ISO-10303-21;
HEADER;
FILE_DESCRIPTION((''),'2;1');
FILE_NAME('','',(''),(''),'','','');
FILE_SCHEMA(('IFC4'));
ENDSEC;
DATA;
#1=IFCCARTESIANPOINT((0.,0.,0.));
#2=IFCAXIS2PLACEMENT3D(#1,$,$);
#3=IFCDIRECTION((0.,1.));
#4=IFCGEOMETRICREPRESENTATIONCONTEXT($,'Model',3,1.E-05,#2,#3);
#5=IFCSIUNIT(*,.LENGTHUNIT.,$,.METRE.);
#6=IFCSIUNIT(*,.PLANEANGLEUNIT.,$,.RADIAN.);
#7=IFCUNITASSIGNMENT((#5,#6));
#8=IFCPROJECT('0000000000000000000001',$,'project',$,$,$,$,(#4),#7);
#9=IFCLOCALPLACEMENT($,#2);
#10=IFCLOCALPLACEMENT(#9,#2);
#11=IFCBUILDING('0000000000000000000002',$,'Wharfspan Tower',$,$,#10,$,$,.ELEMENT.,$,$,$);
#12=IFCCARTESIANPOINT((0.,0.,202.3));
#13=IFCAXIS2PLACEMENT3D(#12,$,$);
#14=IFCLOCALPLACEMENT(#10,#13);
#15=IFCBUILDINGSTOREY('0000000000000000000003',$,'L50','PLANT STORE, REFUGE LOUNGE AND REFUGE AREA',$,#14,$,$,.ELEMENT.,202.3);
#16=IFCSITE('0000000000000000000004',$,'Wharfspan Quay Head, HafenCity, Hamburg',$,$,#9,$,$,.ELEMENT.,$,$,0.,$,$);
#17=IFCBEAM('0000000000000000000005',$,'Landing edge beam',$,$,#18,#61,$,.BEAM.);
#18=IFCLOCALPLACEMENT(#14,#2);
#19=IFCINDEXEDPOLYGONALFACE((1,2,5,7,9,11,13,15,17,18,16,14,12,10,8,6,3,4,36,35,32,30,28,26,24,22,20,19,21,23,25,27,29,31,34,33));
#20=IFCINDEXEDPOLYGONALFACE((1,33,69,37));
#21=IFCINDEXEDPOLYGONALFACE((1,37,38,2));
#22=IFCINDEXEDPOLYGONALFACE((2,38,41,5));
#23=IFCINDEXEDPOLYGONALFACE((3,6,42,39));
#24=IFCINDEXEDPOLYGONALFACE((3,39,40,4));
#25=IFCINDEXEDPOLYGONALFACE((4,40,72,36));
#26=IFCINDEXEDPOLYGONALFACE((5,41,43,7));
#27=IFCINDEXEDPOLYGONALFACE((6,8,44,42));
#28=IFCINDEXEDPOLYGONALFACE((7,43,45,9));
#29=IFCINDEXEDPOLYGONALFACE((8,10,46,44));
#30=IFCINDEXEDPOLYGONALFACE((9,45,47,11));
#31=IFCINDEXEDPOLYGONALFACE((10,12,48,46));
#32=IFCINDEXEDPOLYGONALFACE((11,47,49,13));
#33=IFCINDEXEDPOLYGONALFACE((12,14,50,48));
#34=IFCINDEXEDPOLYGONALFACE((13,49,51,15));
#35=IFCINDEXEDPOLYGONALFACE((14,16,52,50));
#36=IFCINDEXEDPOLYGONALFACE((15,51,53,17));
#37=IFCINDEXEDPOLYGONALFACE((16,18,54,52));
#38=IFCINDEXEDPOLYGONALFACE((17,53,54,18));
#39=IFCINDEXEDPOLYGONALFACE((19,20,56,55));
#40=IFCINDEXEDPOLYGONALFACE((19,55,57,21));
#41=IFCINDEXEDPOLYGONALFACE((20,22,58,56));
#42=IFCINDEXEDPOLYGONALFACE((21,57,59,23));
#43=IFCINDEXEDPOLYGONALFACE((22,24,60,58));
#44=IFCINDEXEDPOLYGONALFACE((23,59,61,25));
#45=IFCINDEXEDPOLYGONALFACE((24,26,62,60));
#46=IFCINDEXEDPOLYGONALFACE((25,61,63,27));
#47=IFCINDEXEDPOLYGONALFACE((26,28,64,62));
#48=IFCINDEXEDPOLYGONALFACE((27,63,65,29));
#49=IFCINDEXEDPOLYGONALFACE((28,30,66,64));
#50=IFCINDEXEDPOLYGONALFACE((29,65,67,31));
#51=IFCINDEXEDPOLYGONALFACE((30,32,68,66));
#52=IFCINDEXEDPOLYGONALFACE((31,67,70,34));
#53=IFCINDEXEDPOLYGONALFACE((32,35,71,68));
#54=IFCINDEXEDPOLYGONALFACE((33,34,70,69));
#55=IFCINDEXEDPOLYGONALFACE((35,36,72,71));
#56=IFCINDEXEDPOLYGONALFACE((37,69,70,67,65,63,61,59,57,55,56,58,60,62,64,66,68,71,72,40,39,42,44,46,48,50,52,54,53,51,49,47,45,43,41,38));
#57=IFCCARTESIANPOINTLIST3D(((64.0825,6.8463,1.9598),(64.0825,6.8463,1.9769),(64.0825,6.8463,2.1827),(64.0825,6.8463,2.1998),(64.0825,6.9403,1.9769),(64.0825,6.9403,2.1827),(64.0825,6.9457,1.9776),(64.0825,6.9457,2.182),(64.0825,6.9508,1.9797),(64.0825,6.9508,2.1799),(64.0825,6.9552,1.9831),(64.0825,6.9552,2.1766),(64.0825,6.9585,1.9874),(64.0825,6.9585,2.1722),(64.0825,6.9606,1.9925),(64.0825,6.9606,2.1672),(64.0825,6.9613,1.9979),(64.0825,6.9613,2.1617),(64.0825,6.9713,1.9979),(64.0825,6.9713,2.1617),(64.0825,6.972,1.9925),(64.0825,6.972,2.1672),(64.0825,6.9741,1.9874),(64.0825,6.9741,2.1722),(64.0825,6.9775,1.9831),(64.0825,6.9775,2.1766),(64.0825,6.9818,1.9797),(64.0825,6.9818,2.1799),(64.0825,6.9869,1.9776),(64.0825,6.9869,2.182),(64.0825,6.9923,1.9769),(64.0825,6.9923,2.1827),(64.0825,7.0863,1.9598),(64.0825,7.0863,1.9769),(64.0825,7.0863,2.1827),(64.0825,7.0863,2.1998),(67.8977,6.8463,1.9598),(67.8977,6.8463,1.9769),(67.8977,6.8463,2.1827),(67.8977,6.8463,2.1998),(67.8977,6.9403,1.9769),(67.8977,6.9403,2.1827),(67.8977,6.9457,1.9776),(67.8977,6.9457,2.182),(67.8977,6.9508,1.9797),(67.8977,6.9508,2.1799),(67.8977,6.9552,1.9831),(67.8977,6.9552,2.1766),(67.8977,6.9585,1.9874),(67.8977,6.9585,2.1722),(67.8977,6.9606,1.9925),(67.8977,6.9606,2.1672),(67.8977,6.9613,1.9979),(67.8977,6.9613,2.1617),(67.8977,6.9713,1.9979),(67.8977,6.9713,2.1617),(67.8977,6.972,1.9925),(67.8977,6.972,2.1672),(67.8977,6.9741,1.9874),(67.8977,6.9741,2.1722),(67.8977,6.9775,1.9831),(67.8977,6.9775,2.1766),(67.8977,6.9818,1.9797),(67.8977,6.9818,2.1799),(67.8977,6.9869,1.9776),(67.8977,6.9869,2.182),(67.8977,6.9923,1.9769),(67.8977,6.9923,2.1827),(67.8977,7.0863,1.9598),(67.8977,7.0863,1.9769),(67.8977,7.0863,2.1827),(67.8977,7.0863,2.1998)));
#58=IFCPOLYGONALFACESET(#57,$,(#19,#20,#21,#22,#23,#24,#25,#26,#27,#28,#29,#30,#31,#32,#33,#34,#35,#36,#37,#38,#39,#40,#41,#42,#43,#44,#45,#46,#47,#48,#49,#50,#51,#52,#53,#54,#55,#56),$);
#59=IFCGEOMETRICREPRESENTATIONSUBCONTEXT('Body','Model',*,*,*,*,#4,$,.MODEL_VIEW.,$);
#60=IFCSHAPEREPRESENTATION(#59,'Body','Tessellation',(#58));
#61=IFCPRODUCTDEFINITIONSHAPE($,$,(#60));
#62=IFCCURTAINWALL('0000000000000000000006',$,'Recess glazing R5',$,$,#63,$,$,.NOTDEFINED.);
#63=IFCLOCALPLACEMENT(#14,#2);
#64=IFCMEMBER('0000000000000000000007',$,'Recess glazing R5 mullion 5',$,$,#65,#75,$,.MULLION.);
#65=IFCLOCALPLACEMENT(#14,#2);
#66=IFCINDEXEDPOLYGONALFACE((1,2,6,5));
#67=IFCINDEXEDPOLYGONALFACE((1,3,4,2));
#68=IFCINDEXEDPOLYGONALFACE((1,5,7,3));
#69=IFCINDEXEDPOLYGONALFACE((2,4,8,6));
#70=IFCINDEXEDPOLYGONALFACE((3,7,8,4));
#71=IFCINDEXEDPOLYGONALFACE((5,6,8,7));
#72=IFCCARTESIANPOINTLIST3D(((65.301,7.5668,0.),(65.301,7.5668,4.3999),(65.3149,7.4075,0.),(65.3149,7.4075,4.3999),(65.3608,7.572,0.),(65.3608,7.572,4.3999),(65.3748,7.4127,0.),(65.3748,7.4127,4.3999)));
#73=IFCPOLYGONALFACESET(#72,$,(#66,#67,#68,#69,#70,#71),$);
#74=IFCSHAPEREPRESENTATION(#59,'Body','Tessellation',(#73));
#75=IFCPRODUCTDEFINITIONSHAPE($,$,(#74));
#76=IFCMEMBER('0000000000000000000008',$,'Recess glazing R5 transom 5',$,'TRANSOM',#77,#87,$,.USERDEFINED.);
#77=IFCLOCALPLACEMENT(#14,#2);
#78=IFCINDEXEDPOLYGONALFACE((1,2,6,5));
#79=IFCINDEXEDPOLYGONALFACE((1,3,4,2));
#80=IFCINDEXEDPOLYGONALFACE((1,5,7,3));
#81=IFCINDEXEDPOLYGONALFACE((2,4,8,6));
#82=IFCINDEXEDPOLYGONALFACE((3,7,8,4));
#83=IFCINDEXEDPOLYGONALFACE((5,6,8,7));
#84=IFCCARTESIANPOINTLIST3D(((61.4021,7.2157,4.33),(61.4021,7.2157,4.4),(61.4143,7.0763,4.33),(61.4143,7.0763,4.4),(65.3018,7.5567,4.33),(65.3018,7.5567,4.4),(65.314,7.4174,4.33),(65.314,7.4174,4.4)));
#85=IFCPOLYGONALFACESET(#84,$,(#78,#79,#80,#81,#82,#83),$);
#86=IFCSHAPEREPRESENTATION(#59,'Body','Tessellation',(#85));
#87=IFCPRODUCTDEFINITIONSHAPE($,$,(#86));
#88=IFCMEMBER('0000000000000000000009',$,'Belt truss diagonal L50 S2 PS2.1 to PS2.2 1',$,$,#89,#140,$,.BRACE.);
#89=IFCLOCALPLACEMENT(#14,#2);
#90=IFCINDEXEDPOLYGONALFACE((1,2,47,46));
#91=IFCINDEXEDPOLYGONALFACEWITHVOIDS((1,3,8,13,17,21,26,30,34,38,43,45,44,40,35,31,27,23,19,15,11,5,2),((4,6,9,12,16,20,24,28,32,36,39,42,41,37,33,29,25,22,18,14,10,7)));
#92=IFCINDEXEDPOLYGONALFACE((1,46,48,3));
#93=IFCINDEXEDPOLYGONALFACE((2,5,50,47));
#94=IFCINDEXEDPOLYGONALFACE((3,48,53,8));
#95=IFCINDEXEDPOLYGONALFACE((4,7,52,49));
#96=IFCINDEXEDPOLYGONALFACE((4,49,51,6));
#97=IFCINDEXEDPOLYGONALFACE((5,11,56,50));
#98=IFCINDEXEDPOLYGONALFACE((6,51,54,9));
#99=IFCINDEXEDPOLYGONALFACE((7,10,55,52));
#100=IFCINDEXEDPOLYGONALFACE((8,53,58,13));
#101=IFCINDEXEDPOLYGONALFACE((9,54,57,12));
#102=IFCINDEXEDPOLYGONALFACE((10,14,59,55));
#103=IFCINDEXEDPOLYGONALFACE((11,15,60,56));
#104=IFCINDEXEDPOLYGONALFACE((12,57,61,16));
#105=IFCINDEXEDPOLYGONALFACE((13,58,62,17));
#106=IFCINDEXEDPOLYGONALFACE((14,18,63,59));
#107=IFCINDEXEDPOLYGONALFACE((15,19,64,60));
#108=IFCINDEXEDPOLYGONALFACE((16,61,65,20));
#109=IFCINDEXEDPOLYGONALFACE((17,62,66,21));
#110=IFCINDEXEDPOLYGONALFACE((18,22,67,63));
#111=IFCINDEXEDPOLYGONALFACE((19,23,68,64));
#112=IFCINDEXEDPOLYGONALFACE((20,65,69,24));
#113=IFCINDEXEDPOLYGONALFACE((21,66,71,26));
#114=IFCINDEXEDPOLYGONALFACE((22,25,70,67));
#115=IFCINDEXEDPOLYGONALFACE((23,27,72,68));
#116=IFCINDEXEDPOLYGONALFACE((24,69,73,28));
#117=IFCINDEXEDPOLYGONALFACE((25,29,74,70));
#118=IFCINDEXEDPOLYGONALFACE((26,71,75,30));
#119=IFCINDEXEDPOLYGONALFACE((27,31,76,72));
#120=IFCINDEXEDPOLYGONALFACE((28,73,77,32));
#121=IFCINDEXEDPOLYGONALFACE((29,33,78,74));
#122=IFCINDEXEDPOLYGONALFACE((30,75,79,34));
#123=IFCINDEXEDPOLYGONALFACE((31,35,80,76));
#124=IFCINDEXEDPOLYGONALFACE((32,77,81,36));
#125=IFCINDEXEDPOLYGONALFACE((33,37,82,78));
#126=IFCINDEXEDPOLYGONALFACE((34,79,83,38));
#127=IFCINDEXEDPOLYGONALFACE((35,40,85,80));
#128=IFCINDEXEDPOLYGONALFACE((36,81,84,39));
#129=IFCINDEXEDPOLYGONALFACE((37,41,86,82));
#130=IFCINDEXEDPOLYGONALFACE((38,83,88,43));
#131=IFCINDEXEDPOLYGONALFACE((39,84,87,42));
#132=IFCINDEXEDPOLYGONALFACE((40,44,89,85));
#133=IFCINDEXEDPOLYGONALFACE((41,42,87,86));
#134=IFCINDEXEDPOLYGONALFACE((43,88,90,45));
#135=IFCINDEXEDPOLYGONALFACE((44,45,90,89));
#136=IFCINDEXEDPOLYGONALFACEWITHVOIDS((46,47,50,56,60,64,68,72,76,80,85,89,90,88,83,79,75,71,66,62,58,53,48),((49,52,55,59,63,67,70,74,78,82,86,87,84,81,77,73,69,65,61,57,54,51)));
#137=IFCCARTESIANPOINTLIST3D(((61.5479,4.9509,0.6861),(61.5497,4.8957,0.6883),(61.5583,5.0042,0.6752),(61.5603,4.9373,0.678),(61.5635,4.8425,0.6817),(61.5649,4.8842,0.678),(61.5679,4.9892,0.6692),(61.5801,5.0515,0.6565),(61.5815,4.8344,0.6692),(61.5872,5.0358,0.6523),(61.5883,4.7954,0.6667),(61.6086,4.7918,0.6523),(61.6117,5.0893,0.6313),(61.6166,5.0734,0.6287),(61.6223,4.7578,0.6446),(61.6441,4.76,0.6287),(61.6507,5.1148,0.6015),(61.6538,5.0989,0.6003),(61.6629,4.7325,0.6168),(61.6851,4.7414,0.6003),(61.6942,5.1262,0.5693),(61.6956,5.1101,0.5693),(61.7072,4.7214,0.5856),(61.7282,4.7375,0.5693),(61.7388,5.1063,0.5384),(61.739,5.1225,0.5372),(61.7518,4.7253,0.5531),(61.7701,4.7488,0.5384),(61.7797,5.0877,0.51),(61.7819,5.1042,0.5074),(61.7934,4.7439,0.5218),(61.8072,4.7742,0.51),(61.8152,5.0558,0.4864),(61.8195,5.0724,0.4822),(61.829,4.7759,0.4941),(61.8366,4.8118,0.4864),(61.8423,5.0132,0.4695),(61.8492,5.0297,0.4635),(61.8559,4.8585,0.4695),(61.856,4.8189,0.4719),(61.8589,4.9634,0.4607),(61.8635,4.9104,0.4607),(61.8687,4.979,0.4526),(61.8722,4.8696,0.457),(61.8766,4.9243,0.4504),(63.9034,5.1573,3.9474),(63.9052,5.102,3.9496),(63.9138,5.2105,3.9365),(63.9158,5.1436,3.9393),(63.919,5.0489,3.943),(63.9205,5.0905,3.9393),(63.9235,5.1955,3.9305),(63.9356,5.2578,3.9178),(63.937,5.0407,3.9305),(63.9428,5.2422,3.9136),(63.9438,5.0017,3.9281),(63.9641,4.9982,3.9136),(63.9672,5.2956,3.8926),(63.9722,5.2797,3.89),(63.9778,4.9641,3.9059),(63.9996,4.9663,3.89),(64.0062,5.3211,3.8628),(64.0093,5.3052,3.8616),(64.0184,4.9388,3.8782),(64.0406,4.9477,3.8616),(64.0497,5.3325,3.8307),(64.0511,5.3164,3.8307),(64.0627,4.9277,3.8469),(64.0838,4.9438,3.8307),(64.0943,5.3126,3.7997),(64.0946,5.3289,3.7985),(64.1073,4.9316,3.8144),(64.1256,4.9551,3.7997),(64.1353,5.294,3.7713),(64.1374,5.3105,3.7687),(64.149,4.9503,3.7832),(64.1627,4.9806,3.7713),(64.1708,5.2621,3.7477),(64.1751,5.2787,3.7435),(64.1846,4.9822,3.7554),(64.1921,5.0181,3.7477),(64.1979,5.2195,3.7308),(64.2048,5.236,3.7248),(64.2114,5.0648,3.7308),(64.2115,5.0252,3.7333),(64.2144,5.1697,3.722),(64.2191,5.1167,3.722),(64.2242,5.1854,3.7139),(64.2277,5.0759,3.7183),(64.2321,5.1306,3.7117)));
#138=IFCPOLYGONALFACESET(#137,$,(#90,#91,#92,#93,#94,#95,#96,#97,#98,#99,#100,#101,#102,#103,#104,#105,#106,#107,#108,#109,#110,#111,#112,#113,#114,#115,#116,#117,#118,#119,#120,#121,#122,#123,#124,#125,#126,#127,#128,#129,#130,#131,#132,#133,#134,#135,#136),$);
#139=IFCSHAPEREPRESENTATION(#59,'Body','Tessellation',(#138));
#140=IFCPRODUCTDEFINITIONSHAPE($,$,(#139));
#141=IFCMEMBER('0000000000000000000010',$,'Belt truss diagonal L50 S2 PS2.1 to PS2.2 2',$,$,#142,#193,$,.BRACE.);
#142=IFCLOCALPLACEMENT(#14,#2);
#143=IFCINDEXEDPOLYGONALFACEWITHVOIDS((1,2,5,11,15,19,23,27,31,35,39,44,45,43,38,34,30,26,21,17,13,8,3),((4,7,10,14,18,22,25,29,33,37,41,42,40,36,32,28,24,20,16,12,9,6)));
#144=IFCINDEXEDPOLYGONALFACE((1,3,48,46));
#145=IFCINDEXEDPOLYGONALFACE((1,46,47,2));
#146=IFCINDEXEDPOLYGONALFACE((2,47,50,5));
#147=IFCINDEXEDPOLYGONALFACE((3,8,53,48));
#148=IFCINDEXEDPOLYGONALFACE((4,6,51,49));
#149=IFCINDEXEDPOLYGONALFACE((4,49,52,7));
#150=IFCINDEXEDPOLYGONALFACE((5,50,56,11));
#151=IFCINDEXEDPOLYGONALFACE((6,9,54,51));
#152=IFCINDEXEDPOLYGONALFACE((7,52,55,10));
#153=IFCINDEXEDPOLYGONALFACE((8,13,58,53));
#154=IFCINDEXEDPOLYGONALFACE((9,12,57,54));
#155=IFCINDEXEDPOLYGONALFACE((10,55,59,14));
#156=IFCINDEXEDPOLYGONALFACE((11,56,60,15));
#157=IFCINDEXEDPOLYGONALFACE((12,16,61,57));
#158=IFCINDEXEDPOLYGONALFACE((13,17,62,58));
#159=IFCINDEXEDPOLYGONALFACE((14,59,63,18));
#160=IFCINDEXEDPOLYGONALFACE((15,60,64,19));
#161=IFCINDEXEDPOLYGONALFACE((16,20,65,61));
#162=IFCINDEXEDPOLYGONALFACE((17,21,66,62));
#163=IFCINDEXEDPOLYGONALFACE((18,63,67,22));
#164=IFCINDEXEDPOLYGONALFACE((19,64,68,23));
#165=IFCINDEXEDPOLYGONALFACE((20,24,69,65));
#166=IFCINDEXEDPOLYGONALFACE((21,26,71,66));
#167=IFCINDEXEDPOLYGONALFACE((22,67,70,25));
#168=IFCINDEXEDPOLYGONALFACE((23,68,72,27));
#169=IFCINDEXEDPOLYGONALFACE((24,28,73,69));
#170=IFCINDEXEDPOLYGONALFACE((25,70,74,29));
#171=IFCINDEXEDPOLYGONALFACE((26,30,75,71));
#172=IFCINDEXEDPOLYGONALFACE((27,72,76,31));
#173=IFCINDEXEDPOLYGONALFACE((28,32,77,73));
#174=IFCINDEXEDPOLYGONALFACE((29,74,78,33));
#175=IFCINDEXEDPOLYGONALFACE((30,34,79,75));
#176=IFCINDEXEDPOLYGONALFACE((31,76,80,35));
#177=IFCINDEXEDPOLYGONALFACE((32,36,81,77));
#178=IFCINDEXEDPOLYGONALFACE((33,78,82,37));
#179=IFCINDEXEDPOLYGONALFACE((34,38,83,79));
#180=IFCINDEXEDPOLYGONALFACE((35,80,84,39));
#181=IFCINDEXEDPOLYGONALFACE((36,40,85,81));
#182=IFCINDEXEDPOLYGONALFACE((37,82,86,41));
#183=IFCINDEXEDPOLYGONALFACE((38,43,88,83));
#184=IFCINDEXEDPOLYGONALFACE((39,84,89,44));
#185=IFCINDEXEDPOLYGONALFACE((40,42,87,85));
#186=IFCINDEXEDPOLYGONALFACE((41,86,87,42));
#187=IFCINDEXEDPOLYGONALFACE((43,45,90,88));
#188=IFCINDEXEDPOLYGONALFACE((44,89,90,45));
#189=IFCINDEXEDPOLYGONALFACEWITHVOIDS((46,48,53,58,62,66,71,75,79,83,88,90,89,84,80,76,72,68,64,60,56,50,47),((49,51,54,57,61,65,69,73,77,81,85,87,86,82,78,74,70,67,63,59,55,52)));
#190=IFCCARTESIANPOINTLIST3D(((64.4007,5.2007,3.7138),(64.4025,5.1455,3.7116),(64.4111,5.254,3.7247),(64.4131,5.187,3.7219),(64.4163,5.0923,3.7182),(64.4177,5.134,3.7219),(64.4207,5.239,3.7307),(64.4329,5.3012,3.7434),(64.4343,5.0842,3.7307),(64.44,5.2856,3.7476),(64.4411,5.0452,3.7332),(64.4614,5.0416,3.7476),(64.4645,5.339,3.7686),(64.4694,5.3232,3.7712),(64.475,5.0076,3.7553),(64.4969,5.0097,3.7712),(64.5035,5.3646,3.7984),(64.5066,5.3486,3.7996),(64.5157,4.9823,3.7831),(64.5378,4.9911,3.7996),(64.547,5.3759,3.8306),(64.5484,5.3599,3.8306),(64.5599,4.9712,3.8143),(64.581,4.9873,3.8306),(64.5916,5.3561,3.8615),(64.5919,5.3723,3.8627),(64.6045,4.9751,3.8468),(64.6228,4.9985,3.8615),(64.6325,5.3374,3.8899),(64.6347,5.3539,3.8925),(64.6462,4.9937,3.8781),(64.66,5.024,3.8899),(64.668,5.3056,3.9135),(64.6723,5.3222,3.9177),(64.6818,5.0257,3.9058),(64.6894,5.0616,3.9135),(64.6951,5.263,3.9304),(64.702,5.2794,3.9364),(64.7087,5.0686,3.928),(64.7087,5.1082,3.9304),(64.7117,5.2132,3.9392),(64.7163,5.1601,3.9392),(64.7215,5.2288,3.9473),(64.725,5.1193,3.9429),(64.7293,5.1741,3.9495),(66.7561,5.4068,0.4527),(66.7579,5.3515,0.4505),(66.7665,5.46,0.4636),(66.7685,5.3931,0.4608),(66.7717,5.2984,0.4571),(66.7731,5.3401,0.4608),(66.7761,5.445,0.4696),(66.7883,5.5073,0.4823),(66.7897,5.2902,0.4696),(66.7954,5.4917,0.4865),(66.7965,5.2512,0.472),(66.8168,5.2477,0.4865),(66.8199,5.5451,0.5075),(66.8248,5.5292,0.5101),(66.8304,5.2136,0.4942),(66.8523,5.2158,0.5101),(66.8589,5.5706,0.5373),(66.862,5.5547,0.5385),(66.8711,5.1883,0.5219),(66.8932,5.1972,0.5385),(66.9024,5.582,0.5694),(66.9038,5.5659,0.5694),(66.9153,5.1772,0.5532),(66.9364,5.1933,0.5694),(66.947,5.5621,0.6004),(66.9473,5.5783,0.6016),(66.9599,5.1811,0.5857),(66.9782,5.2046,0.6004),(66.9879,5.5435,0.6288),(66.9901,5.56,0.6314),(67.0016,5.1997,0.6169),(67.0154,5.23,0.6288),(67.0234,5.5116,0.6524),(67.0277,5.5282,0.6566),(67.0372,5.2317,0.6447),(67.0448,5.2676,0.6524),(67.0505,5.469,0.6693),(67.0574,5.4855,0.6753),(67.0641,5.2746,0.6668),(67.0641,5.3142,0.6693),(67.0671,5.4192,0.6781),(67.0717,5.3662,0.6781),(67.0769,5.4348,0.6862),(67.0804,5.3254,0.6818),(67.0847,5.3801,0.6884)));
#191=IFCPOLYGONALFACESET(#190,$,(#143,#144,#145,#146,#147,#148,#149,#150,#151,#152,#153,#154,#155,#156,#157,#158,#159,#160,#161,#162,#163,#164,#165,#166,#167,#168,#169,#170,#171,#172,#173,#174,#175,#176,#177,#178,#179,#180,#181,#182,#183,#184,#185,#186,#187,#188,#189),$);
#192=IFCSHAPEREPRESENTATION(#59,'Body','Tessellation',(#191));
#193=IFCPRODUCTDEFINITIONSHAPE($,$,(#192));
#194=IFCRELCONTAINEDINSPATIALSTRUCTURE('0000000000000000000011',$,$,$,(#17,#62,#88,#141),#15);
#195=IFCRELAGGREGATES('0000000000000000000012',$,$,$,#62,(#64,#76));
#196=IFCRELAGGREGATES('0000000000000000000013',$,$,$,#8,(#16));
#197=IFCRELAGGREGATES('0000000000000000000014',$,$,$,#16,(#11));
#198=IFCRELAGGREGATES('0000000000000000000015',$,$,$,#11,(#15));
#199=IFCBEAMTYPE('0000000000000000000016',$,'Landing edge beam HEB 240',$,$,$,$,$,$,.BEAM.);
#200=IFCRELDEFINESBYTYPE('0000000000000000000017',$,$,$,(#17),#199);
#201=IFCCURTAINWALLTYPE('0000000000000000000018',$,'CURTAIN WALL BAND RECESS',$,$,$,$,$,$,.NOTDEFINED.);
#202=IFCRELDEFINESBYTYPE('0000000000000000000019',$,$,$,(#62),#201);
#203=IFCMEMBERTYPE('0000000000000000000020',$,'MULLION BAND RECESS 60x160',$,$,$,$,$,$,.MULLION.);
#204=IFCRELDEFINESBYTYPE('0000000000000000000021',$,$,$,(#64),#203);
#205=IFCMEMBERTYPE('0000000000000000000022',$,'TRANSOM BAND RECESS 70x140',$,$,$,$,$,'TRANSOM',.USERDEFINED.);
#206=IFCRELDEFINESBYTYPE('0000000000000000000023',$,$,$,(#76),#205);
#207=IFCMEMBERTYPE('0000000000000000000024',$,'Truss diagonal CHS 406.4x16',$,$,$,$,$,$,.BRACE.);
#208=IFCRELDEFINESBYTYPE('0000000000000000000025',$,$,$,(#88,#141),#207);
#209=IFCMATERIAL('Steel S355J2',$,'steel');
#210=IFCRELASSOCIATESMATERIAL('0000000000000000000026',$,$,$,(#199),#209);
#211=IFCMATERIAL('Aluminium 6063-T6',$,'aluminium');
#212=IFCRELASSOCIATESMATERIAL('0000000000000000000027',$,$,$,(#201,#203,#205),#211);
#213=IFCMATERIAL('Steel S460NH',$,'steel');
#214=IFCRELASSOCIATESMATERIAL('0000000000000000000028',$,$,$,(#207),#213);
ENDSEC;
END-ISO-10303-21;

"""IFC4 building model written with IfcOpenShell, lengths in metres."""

from ifc_helpers import new_model, si_unit, direction, frame, origin, origin_2d, place, context, subcontext, project, spatial, rectangle, hollow_circle, i_section, extrude, material, material_profile, profile_set, type_object, element, aggregate, save


model = new_model("IFC4")

# Units and contexts
model_context = context("Model", 3, precision=1e-05, world=origin(), true_north=direction((0.0, 1.0)))
body_context = subcontext(model_context, "Body", "Model", "MODEL_VIEW")
ifc_project = project(units=[si_unit("LENGTHUNIT", "METRE"), si_unit("PLANEANGLEUNIT", "RADIAN")], contexts=[model_context])

# Site, building, storey
site_placement = place(None, origin())
site = spatial("IfcSite", under=ifc_project, at=site_placement, Name="Wharfspan Quay Head, HafenCity, Hamburg", CompositionType="ELEMENT", RefElevation=0.0)
building_placement = place(site_placement, origin())
building = spatial("IfcBuilding", under=site, at=building_placement, Name="Wharfspan Tower", CompositionType="ELEMENT")
storey_placement = place(building_placement, frame((0.0, 0.0, 202.3)))
storey = spatial("IfcBuildingStorey", under=building, at=storey_placement, Name="L50", Description="PLANT STORE, REFUGE LOUNGE AND REFUGE AREA", CompositionType="ELEMENT", Elevation=202.3)

# Beam
ifc_material_1 = material(Name="Steel S355J2", Category="steel")
ifc_material_profile_1 = material_profile(ifc_material_1, i_section(OverallWidth=0.24, OverallDepth=0.24, WebThickness=0.01, FlangeThickness=0.0171, FilletRadius=0.021, at=origin_2d()))
ifc_profile_set_1 = profile_set([ifc_material_profile_1], Name="Steel S355J2")
beam_type = type_object("IfcBeamType", Name="Landing edge beam HEB 240", PredefinedType="BEAM", material=ifc_profile_set_1)
beam_placement = place(storey_placement, frame((64.0825, 6.9663, 2.0798), z_axis=(1.0, 0.0, 0.0), x_axis=(0.0, 1.0, 0.0)))
element("IfcBeam", 1, at=beam_placement, inside=storey, type_object=beam_type, Name="Landing edge beam", PredefinedType="BEAM", context=body_context, shape_type="SweptSolid", body=[
    extrude(i_section(OverallWidth=0.24, OverallDepth=0.24, WebThickness=0.01, FlangeThickness=0.0171, FilletRadius=0.021, at=origin_2d()), origin(), (0.0, 0.0, 1.0), 3.8152),
])

# Curtain wall, members
ifc_material_2 = material(Name="Aluminium 6063-T6", Category="aluminium")
curtain_wall_type = type_object("IfcCurtainWallType", Name="CURTAIN WALL BAND RECESS", PredefinedType="NOTDEFINED", material=ifc_material_2)
curtain_wall_placement = place(storey_placement, origin())
curtain_wall = element("IfcCurtainWall", 2, at=curtain_wall_placement, inside=storey, type_object=curtain_wall_type, Name="Recess glazing R5", PredefinedType="NOTDEFINED")
ifc_material_profile_2 = material_profile(ifc_material_2, rectangle(XDim=0.1599, YDim=0.0601, at=origin_2d()))
ifc_profile_set_2 = profile_set([ifc_material_profile_2], Name="Aluminium 6063-T6")
member_type_1 = type_object("IfcMemberType", Name="MULLION BAND RECESS 60x160", PredefinedType="MULLION", material=ifc_profile_set_2)
member_1_placement = place(storey_placement, frame((65.3379, 7.4897, 0.0), z_axis=(0.0, 0.0, 1.0), x_axis=(0.087156, -0.996198, 0.0)))
member_1 = element("IfcMember", 3, at=member_1_placement, type_object=member_type_1, Name="Recess glazing R5 mullion 5", PredefinedType="MULLION", context=body_context, shape_type="SweptSolid", body=[
    extrude(rectangle(XDim=0.1599, YDim=0.0601, at=origin_2d()), origin(), (0.0, 0.0, 1.0), 4.3999),
])
ifc_material_profile_3 = material_profile(ifc_material_2, rectangle(XDim=0.1399, YDim=0.0701, at=origin_2d()))
ifc_profile_set_3 = profile_set([ifc_material_profile_3], Name="Aluminium 6063-T6")
member_type_2 = type_object("IfcMemberType", Name="TRANSOM BAND RECESS 70x140", ElementType="TRANSOM", PredefinedType="USERDEFINED", material=ifc_profile_set_3)
member_2_placement = place(storey_placement, frame((65.3079, 7.4871, 4.365), z_axis=(-0.996197, -0.087127, 0.0), x_axis=(0.087127, -0.996197, 0.0)))
member_2 = element("IfcMember", 4, at=member_2_placement, type_object=member_type_2, Name="Recess glazing R5 transom 5", ObjectType="TRANSOM", PredefinedType="USERDEFINED", context=body_context, shape_type="SweptSolid", body=[
    extrude(rectangle(XDim=0.1399, YDim=0.0701, at=origin_2d()), origin(), (0.0, 0.0, 1.0), 3.9146),
])

# Members
ifc_material_3 = material(Name="Steel S460NH", Category="steel")
ifc_material_profile_4 = material_profile(ifc_material_3, hollow_circle(Radius=0.2031, WallThickness=0.0161, at=origin_2d()))
ifc_profile_set_4 = profile_set([ifc_material_profile_4], Name="Steel S460NH")
member_type_3 = type_object("IfcMemberType", Name="Truss diagonal CHS 406.4x16", PredefinedType="BRACE", material=ifc_profile_set_4)
member_3_placement = place(storey_placement, frame((61.7119, 4.9238, 0.5693), z_axis=(0.584744, 0.051214, 0.809599), x_axis=(-0.087247, 0.996188, -0.000002)))
element("IfcMember", 5, at=member_3_placement, inside=storey, type_object=member_type_3, Name="Belt truss diagonal L50 S2 PS2.1 to PS2.2 1", PredefinedType="BRACE", context=body_context, shape_type="SweptSolid", body=[
    extrude(hollow_circle(Radius=0.2031, WallThickness=0.0161, at=origin_2d()), origin(), (0.0, 0.0, 1.0), 4.0283),
])
member_4_placement = place(storey_placement, frame((64.5647, 5.1736, 3.8306), z_axis=(0.584746, 0.051153, -0.809602), x_axis=(-0.087142, 0.996195, 0.000003)))
element("IfcMember", 6, at=member_4_placement, inside=storey, type_object=member_type_3, Name="Belt truss diagonal L50 S2 PS2.1 to PS2.2 2", PredefinedType="BRACE", context=body_context, shape_type="SweptSolid", body=[
    extrude(hollow_circle(Radius=0.2031, WallThickness=0.0161, at=origin_2d()), origin(), (0.0, 0.0, 1.0), 4.0281),
])

aggregate(curtain_wall, [member_1, member_2])

save(model, "model.ifc")
